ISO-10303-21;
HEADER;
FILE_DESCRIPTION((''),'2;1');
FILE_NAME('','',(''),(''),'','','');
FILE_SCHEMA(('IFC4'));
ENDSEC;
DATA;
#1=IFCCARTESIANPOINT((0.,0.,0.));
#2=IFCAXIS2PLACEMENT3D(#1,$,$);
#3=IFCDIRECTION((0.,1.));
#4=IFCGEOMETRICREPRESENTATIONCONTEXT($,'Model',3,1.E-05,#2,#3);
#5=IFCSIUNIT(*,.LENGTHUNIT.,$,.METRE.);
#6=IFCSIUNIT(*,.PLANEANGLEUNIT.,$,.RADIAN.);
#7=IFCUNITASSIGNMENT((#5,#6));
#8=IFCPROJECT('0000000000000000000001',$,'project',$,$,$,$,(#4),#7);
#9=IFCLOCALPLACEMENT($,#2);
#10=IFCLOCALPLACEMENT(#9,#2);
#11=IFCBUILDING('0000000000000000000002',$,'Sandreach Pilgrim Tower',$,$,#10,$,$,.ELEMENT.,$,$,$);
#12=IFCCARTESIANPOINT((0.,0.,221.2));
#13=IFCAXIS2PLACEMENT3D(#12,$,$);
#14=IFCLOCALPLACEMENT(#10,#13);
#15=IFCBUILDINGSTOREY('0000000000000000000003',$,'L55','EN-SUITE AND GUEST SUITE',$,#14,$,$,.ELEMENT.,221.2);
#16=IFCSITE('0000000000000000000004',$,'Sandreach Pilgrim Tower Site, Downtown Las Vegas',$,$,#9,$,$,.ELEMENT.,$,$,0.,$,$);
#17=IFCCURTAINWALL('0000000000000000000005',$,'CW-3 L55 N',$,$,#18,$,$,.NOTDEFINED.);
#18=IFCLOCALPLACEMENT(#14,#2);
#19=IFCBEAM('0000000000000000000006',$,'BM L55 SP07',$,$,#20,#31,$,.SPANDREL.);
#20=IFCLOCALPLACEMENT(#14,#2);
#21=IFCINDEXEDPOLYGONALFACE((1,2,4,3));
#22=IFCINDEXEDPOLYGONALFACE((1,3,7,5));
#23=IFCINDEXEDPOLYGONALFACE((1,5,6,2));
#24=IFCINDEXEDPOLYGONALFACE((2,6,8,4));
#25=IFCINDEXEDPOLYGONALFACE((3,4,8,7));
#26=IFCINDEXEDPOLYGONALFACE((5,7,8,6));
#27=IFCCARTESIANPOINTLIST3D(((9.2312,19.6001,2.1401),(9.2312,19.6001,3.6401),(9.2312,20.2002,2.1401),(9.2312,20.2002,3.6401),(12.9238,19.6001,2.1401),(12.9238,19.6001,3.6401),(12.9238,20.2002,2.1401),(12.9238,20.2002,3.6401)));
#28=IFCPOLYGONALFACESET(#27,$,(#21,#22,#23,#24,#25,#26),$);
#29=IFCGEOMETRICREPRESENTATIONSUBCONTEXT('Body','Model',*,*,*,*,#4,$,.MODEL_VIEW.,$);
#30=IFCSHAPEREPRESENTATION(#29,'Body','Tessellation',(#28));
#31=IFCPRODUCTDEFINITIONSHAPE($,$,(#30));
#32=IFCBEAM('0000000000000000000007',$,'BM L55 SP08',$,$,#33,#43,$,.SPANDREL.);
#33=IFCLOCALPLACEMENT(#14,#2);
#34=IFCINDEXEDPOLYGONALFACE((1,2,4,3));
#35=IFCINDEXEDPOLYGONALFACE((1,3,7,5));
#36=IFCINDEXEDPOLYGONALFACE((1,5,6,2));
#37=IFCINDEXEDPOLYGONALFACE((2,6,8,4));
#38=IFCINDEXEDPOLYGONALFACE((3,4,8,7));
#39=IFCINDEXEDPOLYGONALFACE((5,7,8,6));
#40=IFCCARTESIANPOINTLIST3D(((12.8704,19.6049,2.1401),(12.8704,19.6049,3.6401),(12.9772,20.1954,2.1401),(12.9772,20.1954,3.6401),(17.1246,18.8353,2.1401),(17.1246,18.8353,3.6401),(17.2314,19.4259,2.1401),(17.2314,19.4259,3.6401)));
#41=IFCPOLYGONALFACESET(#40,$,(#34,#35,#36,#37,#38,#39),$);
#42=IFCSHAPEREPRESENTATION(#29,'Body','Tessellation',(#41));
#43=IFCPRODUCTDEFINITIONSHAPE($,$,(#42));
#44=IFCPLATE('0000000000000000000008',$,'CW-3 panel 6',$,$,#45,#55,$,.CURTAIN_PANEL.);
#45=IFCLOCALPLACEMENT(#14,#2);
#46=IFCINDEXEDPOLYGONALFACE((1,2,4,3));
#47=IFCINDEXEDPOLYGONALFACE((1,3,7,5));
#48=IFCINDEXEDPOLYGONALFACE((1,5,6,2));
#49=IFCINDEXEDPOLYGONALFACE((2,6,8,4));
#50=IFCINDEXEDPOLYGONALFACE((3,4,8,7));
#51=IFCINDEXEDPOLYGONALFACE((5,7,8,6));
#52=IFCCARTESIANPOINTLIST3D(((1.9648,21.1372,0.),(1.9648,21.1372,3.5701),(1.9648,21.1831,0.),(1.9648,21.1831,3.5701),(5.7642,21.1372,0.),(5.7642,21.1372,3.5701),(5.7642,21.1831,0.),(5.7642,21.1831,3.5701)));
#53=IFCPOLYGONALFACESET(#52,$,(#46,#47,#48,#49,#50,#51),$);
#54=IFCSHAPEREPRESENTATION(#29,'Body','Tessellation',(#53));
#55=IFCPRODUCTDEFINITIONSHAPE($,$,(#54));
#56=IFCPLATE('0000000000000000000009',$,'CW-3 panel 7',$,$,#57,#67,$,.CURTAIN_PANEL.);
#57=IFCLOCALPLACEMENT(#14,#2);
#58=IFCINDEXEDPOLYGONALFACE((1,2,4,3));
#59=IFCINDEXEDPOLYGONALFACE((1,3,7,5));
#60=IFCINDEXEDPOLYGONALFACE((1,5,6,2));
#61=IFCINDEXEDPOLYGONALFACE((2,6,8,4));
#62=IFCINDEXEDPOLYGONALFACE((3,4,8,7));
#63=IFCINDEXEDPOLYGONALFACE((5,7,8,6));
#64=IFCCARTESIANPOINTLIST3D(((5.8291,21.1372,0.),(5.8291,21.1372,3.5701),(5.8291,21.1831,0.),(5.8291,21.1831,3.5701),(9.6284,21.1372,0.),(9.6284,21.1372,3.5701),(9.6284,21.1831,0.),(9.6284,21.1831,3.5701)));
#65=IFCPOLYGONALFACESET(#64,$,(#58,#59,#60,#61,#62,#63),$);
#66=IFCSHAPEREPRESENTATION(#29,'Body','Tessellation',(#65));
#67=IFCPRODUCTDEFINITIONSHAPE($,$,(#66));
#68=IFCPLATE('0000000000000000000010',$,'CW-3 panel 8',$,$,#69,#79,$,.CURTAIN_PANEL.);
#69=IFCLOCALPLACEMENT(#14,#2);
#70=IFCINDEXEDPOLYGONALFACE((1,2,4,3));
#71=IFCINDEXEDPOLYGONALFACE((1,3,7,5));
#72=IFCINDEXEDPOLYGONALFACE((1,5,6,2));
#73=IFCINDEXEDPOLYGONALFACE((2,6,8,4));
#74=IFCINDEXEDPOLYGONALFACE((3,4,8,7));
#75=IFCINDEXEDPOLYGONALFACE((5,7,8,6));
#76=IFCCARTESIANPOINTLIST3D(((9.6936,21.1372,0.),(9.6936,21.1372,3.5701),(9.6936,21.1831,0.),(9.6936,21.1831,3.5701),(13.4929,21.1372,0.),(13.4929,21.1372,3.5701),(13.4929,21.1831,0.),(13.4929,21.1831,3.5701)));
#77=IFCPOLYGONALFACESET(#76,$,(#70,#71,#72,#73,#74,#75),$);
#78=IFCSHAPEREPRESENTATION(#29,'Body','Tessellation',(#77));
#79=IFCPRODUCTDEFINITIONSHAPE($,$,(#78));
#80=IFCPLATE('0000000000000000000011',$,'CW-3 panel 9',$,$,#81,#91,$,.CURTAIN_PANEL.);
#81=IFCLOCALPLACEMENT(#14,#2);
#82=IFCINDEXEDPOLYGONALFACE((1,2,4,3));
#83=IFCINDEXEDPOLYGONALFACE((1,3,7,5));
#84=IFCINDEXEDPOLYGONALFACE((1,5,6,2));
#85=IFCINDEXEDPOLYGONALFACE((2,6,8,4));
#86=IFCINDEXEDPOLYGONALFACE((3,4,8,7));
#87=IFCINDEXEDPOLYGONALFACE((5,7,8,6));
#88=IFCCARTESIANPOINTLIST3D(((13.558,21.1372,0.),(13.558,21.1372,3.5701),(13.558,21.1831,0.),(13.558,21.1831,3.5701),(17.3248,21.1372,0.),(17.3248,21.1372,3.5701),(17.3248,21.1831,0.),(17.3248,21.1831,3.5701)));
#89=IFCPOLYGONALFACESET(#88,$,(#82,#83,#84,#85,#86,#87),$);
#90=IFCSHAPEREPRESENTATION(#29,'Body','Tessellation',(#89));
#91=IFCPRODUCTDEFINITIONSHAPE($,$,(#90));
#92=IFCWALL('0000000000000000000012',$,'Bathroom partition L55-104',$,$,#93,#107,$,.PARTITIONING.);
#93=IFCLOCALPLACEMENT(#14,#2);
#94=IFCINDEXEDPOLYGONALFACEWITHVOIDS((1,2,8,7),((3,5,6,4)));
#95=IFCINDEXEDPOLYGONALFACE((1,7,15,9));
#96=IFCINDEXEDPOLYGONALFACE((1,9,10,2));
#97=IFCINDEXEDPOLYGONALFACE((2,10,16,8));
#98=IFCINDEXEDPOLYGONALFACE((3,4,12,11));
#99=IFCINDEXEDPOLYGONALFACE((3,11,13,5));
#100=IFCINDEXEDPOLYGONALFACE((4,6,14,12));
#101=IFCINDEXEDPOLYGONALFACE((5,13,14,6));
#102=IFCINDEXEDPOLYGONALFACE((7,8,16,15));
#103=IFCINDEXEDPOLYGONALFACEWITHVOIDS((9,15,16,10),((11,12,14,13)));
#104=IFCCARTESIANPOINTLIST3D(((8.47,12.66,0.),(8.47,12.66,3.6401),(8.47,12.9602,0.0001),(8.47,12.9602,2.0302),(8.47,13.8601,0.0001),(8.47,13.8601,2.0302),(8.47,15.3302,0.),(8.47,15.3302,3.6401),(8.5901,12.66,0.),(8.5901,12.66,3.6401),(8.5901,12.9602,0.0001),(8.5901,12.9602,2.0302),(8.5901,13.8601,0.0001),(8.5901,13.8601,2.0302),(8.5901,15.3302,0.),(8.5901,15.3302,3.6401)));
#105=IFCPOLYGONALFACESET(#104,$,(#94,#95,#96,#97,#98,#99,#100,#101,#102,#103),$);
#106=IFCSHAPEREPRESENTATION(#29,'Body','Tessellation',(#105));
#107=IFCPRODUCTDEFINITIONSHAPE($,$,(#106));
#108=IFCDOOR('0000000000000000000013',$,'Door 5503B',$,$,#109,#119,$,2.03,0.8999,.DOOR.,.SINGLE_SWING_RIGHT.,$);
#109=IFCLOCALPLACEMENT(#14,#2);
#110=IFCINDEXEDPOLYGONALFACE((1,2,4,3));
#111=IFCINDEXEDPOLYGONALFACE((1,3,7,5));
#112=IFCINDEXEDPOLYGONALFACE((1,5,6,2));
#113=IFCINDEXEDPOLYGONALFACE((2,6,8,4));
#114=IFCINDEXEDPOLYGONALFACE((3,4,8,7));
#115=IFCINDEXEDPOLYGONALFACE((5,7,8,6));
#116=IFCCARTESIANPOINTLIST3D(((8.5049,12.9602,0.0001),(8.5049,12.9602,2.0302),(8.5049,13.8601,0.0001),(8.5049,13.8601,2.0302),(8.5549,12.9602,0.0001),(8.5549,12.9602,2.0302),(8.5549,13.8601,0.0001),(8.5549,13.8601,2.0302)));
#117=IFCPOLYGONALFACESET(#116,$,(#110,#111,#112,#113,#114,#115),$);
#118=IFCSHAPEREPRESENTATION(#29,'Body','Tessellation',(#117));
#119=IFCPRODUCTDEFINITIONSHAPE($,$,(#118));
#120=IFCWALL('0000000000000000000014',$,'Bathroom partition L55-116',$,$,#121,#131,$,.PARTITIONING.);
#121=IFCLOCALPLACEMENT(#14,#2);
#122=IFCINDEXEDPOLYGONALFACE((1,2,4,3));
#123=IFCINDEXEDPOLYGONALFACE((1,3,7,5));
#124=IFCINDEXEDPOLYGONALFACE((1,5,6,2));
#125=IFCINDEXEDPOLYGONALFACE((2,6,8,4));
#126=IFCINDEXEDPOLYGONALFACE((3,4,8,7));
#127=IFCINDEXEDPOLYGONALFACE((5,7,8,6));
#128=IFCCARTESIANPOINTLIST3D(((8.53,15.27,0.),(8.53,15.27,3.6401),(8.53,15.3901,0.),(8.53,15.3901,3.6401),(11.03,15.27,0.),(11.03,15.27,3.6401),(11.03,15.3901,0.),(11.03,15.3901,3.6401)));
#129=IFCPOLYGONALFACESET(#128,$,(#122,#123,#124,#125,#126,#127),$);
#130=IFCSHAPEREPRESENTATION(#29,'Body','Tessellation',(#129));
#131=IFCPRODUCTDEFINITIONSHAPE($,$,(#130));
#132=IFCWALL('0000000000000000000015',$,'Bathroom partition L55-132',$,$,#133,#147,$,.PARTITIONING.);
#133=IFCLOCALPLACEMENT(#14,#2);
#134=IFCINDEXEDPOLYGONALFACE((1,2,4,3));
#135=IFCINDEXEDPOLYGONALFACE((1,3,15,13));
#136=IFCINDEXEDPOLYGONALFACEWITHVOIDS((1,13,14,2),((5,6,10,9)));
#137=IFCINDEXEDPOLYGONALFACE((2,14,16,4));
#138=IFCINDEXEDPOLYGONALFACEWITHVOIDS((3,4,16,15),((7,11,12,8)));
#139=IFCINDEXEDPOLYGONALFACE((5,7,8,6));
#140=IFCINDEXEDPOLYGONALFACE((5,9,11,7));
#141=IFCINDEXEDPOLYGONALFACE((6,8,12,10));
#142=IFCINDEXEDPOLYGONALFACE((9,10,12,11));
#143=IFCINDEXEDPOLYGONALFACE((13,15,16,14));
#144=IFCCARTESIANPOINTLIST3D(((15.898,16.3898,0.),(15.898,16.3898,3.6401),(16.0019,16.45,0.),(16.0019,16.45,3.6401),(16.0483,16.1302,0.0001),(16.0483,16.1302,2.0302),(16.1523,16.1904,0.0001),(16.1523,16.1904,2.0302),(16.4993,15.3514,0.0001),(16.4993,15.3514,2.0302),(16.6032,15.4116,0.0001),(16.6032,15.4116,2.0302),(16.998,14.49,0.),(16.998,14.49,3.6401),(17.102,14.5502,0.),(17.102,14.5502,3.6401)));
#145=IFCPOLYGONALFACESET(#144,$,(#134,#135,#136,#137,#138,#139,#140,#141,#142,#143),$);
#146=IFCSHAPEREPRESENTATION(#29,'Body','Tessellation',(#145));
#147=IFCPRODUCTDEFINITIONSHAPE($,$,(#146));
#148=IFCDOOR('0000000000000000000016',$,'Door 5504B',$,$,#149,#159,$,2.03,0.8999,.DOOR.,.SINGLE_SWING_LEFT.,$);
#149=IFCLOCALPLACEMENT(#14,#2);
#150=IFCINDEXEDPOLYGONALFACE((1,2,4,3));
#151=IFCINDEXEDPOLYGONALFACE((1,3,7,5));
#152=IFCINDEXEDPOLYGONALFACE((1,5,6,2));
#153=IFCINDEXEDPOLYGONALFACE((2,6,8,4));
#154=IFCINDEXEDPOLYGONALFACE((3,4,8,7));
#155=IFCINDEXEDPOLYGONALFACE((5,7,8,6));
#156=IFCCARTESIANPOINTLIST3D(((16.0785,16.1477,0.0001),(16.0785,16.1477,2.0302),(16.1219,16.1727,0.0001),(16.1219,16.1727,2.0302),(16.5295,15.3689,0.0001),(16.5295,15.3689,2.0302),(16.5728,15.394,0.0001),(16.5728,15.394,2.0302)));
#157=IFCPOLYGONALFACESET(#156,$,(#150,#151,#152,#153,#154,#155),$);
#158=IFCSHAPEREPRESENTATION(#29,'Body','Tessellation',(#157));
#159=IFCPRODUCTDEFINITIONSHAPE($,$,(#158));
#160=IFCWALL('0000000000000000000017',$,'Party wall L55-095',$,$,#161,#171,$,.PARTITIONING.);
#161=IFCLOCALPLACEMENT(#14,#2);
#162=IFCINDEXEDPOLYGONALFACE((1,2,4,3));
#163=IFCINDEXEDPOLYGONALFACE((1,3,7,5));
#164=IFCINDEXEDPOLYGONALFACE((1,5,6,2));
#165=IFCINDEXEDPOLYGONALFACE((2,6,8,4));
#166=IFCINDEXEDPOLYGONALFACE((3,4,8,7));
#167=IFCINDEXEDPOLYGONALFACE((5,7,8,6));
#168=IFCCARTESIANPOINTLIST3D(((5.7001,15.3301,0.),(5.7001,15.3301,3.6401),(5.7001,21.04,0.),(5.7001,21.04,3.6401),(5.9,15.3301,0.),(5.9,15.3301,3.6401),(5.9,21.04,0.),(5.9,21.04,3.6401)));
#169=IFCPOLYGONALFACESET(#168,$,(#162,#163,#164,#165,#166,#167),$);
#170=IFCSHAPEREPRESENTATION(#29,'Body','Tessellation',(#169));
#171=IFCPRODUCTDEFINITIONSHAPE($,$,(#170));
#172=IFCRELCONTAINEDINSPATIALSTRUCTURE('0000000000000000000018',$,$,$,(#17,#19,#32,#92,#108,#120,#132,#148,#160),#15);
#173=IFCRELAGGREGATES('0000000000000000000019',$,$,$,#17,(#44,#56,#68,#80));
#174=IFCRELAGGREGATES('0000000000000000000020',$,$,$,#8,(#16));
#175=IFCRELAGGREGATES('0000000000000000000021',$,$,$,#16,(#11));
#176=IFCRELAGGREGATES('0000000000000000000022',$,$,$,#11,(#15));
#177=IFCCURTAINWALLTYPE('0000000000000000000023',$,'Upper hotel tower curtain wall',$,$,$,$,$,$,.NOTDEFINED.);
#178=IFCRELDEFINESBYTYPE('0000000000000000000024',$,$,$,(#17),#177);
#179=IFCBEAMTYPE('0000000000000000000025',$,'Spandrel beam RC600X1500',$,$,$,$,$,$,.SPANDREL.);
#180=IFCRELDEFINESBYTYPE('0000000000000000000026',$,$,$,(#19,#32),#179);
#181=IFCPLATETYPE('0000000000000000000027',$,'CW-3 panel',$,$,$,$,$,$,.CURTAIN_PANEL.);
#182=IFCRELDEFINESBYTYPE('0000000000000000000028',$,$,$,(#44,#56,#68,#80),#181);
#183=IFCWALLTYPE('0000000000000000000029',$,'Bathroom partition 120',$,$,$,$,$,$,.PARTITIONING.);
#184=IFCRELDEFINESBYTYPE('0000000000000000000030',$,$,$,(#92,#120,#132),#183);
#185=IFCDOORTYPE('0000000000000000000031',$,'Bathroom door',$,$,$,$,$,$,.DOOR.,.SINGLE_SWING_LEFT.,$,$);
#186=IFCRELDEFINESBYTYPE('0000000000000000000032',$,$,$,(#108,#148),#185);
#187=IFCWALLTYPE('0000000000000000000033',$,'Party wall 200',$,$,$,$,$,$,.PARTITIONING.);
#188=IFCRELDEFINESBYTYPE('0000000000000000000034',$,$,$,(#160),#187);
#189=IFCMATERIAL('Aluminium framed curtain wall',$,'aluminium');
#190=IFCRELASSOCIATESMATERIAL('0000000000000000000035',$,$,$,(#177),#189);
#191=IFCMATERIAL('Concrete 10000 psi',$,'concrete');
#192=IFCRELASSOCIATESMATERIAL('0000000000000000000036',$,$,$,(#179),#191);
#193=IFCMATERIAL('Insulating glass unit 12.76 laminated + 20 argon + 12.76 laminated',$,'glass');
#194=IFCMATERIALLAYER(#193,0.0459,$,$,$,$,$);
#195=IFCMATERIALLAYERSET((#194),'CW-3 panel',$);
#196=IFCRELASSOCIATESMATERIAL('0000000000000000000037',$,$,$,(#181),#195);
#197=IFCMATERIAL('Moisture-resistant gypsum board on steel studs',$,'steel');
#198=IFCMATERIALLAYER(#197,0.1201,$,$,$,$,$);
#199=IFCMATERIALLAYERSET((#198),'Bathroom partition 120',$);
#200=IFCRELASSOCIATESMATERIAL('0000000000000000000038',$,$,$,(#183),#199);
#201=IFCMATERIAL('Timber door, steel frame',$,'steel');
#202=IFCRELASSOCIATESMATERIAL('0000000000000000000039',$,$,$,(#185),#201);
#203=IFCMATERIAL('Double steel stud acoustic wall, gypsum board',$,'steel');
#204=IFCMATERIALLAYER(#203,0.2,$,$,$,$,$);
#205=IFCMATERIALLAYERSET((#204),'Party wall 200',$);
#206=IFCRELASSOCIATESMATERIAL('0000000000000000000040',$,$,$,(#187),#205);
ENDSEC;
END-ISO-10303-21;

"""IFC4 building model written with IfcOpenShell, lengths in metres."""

from ifc_helpers import new_model, si_unit, direction, frame, frame_2d, origin, origin_2d, place, context, subcontext, project, spatial, rectangle, extrude, material, layer, layer_set, material_profile, profile_set, type_object, element, fill, aggregate, save


model = new_model("IFC4")

# Units and contexts
model_context = context("Model", 3, precision=1e-05, world=origin(), true_north=direction((0.0, 1.0)))
body_context = subcontext(model_context, "Body", "Model", "MODEL_VIEW")
ifc_project = project(units=[si_unit("LENGTHUNIT", "METRE"), si_unit("PLANEANGLEUNIT", "RADIAN")], contexts=[model_context])

# Site, building, storey
site_placement = place(None, origin())
site = spatial("IfcSite", under=ifc_project, at=site_placement, Name="Sandreach Pilgrim Tower Site, Downtown Las Vegas", CompositionType="ELEMENT", RefElevation=0.0)
building_placement = place(site_placement, origin())
building = spatial("IfcBuilding", under=site, at=building_placement, Name="Sandreach Pilgrim Tower", CompositionType="ELEMENT")
storey_placement = place(building_placement, frame((0.0, 0.0, 221.2)))
storey = spatial("IfcBuildingStorey", under=building, at=storey_placement, Name="L55", Description="EN-SUITE AND GUEST SUITE", CompositionType="ELEMENT", Elevation=221.2)

# Curtain wall
ifc_material_1 = material(Name="Aluminium framed curtain wall", Category="aluminium")
curtain_wall_type = type_object("IfcCurtainWallType", Name="Upper hotel tower curtain wall", PredefinedType="NOTDEFINED", material=ifc_material_1)
curtain_wall_placement = place(storey_placement, origin())
curtain_wall = element("IfcCurtainWall", 1, at=curtain_wall_placement, inside=storey, type_object=curtain_wall_type, Name="CW-3 L55 N", PredefinedType="NOTDEFINED")

# Beams
ifc_material_2 = material(Name="Concrete 10000 psi", Category="concrete")
ifc_material_profile_1 = material_profile(ifc_material_2, rectangle(XDim=0.6001, YDim=1.5, at=origin_2d()), Name="RC600X1500")
ifc_profile_set_1 = profile_set([ifc_material_profile_1], Name="Concrete 10000 psi")
beam_type_1 = type_object("IfcBeamType", Name="Spandrel beam RC600X1500", PredefinedType="SPANDREL", material=ifc_profile_set_1)
beam_1_placement = place(storey_placement, frame((9.2312, 19.9001, 2.8901), z_axis=(1.0, 0.0, 0.0), x_axis=(0.0, 1.0, 0.0)))
element("IfcBeam", 2, at=beam_1_placement, inside=storey, type_object=beam_type_1, Name="BM L55 SP07", PredefinedType="SPANDREL", context=body_context, shape_type="SweptSolid", body=[
    extrude(rectangle(XDim=0.6001, YDim=1.5, at=origin_2d()), origin(), (0.0, 0.0, 1.0), 3.6926),
])
beam_2_placement = place(storey_placement, frame((12.9238, 19.9001, 2.8901), z_axis=(0.98403, -0.178001, 0.0), x_axis=(0.178001, 0.98403, 0.0)))
element("IfcBeam", 3, at=beam_2_placement, inside=storey, type_object=beam_type_1, Name="BM L55 SP08", PredefinedType="SPANDREL", context=body_context, shape_type="SweptSolid", body=[
    extrude(rectangle(XDim=0.6001, YDim=1.5, at=origin_2d()), origin(), (0.0, 0.0, 1.0), 4.3232),
])

# Plates
ifc_material_3 = material(Name="Insulating glass unit 12.76 laminated + 20 argon + 12.76 laminated", Category="glass")
ifc_layer_1 = layer(ifc_material_3, 0.0459)
ifc_layer_set_1 = layer_set([ifc_layer_1], Name="CW-3 panel")
plate_type = type_object("IfcPlateType", Name="CW-3 panel", PredefinedType="CURTAIN_PANEL", material=ifc_layer_set_1)
plate_1_placement = place(storey_placement, frame((3.8645, 21.1602, 0.0), z_axis=(0.0, 0.0, 1.0), x_axis=(1.0, 0.0, 0.0)))
plate_1 = element("IfcPlate", 4, at=plate_1_placement, type_object=plate_type, Name="CW-3 panel 6", PredefinedType="CURTAIN_PANEL", context=body_context, shape_type="SweptSolid", body=[
    extrude(rectangle(XDim=3.7993, YDim=0.0459, at=origin_2d()), origin(), (0.0, 0.0, 1.0), 3.5701),
])
plate_2_placement = place(storey_placement, frame((7.7288, 21.1602, 0.0), z_axis=(0.0, 0.0, 1.0), x_axis=(1.0, 0.0, 0.0)))
plate_2 = element("IfcPlate", 5, at=plate_2_placement, type_object=plate_type, Name="CW-3 panel 7", PredefinedType="CURTAIN_PANEL", context=body_context, shape_type="SweptSolid", body=[
    extrude(rectangle(XDim=3.7993, YDim=0.0459, at=origin_2d()), origin(), (0.0, 0.0, 1.0), 3.5701),
])
plate_3_placement = place(storey_placement, frame((11.5933, 21.1602, 0.0), z_axis=(0.0, 0.0, 1.0), x_axis=(1.0, 0.0, 0.0)))
plate_3 = element("IfcPlate", 6, at=plate_3_placement, type_object=plate_type, Name="CW-3 panel 8", PredefinedType="CURTAIN_PANEL", context=body_context, shape_type="SweptSolid", body=[
    extrude(rectangle(XDim=3.7993, YDim=0.0459, at=origin_2d()), origin(), (0.0, 0.0, 1.0), 3.5701),
])
plate_4_placement = place(storey_placement, frame((15.4414, 21.1602, 0.0), z_axis=(0.0, 0.0, 1.0), x_axis=(1.0, 0.0, 0.0)))
plate_4 = element("IfcPlate", 7, at=plate_4_placement, type_object=plate_type, Name="CW-3 panel 9", PredefinedType="CURTAIN_PANEL", context=body_context, shape_type="SweptSolid", body=[
    extrude(rectangle(XDim=3.7668, YDim=0.0459, at=origin_2d()), origin(), (0.0, 0.0, 1.0), 3.5701),
])
aggregate(curtain_wall, [plate_1, plate_2, plate_3, plate_4])

# Wall, opening, door
ifc_material_4 = material(Name="Moisture-resistant gypsum board on steel studs", Category="steel")
ifc_layer_2 = layer(ifc_material_4, 0.1201)
ifc_layer_set_2 = layer_set([ifc_layer_2], Name="Bathroom partition 120")
wall_type_1 = type_object("IfcWallType", Name="Bathroom partition 120", PredefinedType="PARTITIONING", material=ifc_layer_set_2)
wall_1_placement = place(storey_placement, frame((8.53, 15.3301, 0.0), z_axis=(0.0, 0.0, 1.0), x_axis=(0.0, -1.0, 0.0)))
wall_1 = element("IfcWall", 8, at=wall_1_placement, inside=storey, type_object=wall_type_1, Name="Bathroom partition L55-104", PredefinedType="PARTITIONING", context=body_context, shape_type="SweptSolid", body=[
    extrude(rectangle(XDim=2.6702, YDim=0.1201, at=frame_2d((1.335, 0.0))), origin(), (0.0, 0.0, 1.0), 3.6401),
])
opening_1_placement = place(wall_1_placement, frame((1.47, 0.0, 0.0)))
opening_1 = element("IfcOpeningElement", 9, at=opening_1_placement, cuts=wall_1, PredefinedType="OPENING", context=body_context, shape_type="SweptSolid", body=[
    extrude(rectangle(XDim=0.8999, YDim=2.03, at=frame_2d((0.45, 1.0151))), frame((0.0, 0.0601, 0.0), z_axis=(0.0, -1.0, 0.0), x_axis=(1.0, 0.0, 0.0)), (0.0, 0.0, 1.0), 0.1201),
])
ifc_material_5 = material(Name="Timber door, steel frame", Category="steel")
door_type = type_object("IfcDoorType", Name="Bathroom door", OperationType="SINGLE_SWING_LEFT", PredefinedType="DOOR", material=ifc_material_5)
door_1_placement = place(opening_1_placement, origin())
door_1 = element("IfcDoor", 10, at=door_1_placement, inside=storey, type_object=door_type, Name="Door 5503B", OperationType="SINGLE_SWING_RIGHT", OverallHeight=2.03, OverallWidth=0.8999, PredefinedType="DOOR", context=body_context, shape_type="SweptSolid", body=[
    extrude(rectangle(XDim=0.8999, YDim=2.03, at=frame_2d((0.45, 1.0151))), frame((0.0, 0.0249, 0.0), z_axis=(0.0, -1.0, 0.0), x_axis=(1.0, 0.0, 0.0)), (0.0, 0.0, 1.0), 0.05),
])
fill(opening_1, door_1)

# Wall
wall_2_placement = place(storey_placement, frame((11.03, 15.3301, 0.0), z_axis=(0.0, 0.0, 1.0), x_axis=(-1.0, 0.0, 0.0)))
element("IfcWall", 11, at=wall_2_placement, inside=storey, type_object=wall_type_1, Name="Bathroom partition L55-116", PredefinedType="PARTITIONING", context=body_context, shape_type="SweptSolid", body=[
    extrude(rectangle(XDim=2.5, YDim=0.1201, at=frame_2d((1.25, 0.0))), origin(), (0.0, 0.0, 1.0), 3.6401),
])

# Wall, opening, door
wall_3_placement = place(storey_placement, frame((15.95, 16.4199, 0.0), z_axis=(0.0, 0.0, 1.0), x_axis=(0.501089, -0.865396, 0.0)))
wall_3 = element("IfcWall", 12, at=wall_3_placement, inside=storey, type_object=wall_type_1, Name="Bathroom partition L55-132", PredefinedType="PARTITIONING", context=body_context, shape_type="SweptSolid", body=[
    extrude(rectangle(XDim=2.1953, YDim=0.1201, at=frame_2d((1.0977, 0.0))), origin(), (0.0, 0.0, 1.0), 3.6401),
])
opening_2_placement = place(wall_3_placement, frame((0.3, 0.0, 0.0)))
opening_2 = element("IfcOpeningElement", 13, at=opening_2_placement, cuts=wall_3, PredefinedType="OPENING", context=body_context, shape_type="SweptSolid", body=[
    extrude(rectangle(XDim=0.8999, YDim=2.03, at=frame_2d((0.45, 1.0151))), frame((0.0, 0.0601, 0.0), z_axis=(0.0, -1.0, 0.0), x_axis=(1.0, 0.0, 0.0)), (0.0, 0.0, 1.0), 0.1201),
])
door_2_placement = place(opening_2_placement, origin())
door_2 = element("IfcDoor", 14, at=door_2_placement, inside=storey, type_object=door_type, Name="Door 5504B", OperationType="SINGLE_SWING_LEFT", OverallHeight=2.03, OverallWidth=0.8999, PredefinedType="DOOR", context=body_context, shape_type="SweptSolid", body=[
    extrude(rectangle(XDim=0.8999, YDim=2.03, at=frame_2d((0.45, 1.0151))), frame((0.0, 0.0249, 0.0), z_axis=(0.0, -1.0, 0.0), x_axis=(1.0, 0.0, 0.0)), (0.0, 0.0, 1.0), 0.05),
])
fill(opening_2, door_2)

# Wall
ifc_material_6 = material(Name="Double steel stud acoustic wall, gypsum board", Category="steel")
ifc_layer_3 = layer(ifc_material_6, 0.2)
ifc_layer_set_3 = layer_set([ifc_layer_3], Name="Party wall 200")
wall_type_2 = type_object("IfcWallType", Name="Party wall 200", PredefinedType="PARTITIONING", material=ifc_layer_set_3)
wall_4_placement = place(storey_placement, frame((5.8, 21.04, 0.0), z_axis=(0.0, 0.0, 1.0), x_axis=(0.0, -1.0, 0.0)))
element("IfcWall", 15, at=wall_4_placement, inside=storey, type_object=wall_type_2, Name="Party wall L55-095", PredefinedType="PARTITIONING", context=body_context, shape_type="SweptSolid", body=[
    extrude(rectangle(XDim=5.71, YDim=0.2, at=frame_2d((2.855, 0.0))), origin(), (0.0, 0.0, 1.0), 3.6401),
])

save(model, "model.ifc")
